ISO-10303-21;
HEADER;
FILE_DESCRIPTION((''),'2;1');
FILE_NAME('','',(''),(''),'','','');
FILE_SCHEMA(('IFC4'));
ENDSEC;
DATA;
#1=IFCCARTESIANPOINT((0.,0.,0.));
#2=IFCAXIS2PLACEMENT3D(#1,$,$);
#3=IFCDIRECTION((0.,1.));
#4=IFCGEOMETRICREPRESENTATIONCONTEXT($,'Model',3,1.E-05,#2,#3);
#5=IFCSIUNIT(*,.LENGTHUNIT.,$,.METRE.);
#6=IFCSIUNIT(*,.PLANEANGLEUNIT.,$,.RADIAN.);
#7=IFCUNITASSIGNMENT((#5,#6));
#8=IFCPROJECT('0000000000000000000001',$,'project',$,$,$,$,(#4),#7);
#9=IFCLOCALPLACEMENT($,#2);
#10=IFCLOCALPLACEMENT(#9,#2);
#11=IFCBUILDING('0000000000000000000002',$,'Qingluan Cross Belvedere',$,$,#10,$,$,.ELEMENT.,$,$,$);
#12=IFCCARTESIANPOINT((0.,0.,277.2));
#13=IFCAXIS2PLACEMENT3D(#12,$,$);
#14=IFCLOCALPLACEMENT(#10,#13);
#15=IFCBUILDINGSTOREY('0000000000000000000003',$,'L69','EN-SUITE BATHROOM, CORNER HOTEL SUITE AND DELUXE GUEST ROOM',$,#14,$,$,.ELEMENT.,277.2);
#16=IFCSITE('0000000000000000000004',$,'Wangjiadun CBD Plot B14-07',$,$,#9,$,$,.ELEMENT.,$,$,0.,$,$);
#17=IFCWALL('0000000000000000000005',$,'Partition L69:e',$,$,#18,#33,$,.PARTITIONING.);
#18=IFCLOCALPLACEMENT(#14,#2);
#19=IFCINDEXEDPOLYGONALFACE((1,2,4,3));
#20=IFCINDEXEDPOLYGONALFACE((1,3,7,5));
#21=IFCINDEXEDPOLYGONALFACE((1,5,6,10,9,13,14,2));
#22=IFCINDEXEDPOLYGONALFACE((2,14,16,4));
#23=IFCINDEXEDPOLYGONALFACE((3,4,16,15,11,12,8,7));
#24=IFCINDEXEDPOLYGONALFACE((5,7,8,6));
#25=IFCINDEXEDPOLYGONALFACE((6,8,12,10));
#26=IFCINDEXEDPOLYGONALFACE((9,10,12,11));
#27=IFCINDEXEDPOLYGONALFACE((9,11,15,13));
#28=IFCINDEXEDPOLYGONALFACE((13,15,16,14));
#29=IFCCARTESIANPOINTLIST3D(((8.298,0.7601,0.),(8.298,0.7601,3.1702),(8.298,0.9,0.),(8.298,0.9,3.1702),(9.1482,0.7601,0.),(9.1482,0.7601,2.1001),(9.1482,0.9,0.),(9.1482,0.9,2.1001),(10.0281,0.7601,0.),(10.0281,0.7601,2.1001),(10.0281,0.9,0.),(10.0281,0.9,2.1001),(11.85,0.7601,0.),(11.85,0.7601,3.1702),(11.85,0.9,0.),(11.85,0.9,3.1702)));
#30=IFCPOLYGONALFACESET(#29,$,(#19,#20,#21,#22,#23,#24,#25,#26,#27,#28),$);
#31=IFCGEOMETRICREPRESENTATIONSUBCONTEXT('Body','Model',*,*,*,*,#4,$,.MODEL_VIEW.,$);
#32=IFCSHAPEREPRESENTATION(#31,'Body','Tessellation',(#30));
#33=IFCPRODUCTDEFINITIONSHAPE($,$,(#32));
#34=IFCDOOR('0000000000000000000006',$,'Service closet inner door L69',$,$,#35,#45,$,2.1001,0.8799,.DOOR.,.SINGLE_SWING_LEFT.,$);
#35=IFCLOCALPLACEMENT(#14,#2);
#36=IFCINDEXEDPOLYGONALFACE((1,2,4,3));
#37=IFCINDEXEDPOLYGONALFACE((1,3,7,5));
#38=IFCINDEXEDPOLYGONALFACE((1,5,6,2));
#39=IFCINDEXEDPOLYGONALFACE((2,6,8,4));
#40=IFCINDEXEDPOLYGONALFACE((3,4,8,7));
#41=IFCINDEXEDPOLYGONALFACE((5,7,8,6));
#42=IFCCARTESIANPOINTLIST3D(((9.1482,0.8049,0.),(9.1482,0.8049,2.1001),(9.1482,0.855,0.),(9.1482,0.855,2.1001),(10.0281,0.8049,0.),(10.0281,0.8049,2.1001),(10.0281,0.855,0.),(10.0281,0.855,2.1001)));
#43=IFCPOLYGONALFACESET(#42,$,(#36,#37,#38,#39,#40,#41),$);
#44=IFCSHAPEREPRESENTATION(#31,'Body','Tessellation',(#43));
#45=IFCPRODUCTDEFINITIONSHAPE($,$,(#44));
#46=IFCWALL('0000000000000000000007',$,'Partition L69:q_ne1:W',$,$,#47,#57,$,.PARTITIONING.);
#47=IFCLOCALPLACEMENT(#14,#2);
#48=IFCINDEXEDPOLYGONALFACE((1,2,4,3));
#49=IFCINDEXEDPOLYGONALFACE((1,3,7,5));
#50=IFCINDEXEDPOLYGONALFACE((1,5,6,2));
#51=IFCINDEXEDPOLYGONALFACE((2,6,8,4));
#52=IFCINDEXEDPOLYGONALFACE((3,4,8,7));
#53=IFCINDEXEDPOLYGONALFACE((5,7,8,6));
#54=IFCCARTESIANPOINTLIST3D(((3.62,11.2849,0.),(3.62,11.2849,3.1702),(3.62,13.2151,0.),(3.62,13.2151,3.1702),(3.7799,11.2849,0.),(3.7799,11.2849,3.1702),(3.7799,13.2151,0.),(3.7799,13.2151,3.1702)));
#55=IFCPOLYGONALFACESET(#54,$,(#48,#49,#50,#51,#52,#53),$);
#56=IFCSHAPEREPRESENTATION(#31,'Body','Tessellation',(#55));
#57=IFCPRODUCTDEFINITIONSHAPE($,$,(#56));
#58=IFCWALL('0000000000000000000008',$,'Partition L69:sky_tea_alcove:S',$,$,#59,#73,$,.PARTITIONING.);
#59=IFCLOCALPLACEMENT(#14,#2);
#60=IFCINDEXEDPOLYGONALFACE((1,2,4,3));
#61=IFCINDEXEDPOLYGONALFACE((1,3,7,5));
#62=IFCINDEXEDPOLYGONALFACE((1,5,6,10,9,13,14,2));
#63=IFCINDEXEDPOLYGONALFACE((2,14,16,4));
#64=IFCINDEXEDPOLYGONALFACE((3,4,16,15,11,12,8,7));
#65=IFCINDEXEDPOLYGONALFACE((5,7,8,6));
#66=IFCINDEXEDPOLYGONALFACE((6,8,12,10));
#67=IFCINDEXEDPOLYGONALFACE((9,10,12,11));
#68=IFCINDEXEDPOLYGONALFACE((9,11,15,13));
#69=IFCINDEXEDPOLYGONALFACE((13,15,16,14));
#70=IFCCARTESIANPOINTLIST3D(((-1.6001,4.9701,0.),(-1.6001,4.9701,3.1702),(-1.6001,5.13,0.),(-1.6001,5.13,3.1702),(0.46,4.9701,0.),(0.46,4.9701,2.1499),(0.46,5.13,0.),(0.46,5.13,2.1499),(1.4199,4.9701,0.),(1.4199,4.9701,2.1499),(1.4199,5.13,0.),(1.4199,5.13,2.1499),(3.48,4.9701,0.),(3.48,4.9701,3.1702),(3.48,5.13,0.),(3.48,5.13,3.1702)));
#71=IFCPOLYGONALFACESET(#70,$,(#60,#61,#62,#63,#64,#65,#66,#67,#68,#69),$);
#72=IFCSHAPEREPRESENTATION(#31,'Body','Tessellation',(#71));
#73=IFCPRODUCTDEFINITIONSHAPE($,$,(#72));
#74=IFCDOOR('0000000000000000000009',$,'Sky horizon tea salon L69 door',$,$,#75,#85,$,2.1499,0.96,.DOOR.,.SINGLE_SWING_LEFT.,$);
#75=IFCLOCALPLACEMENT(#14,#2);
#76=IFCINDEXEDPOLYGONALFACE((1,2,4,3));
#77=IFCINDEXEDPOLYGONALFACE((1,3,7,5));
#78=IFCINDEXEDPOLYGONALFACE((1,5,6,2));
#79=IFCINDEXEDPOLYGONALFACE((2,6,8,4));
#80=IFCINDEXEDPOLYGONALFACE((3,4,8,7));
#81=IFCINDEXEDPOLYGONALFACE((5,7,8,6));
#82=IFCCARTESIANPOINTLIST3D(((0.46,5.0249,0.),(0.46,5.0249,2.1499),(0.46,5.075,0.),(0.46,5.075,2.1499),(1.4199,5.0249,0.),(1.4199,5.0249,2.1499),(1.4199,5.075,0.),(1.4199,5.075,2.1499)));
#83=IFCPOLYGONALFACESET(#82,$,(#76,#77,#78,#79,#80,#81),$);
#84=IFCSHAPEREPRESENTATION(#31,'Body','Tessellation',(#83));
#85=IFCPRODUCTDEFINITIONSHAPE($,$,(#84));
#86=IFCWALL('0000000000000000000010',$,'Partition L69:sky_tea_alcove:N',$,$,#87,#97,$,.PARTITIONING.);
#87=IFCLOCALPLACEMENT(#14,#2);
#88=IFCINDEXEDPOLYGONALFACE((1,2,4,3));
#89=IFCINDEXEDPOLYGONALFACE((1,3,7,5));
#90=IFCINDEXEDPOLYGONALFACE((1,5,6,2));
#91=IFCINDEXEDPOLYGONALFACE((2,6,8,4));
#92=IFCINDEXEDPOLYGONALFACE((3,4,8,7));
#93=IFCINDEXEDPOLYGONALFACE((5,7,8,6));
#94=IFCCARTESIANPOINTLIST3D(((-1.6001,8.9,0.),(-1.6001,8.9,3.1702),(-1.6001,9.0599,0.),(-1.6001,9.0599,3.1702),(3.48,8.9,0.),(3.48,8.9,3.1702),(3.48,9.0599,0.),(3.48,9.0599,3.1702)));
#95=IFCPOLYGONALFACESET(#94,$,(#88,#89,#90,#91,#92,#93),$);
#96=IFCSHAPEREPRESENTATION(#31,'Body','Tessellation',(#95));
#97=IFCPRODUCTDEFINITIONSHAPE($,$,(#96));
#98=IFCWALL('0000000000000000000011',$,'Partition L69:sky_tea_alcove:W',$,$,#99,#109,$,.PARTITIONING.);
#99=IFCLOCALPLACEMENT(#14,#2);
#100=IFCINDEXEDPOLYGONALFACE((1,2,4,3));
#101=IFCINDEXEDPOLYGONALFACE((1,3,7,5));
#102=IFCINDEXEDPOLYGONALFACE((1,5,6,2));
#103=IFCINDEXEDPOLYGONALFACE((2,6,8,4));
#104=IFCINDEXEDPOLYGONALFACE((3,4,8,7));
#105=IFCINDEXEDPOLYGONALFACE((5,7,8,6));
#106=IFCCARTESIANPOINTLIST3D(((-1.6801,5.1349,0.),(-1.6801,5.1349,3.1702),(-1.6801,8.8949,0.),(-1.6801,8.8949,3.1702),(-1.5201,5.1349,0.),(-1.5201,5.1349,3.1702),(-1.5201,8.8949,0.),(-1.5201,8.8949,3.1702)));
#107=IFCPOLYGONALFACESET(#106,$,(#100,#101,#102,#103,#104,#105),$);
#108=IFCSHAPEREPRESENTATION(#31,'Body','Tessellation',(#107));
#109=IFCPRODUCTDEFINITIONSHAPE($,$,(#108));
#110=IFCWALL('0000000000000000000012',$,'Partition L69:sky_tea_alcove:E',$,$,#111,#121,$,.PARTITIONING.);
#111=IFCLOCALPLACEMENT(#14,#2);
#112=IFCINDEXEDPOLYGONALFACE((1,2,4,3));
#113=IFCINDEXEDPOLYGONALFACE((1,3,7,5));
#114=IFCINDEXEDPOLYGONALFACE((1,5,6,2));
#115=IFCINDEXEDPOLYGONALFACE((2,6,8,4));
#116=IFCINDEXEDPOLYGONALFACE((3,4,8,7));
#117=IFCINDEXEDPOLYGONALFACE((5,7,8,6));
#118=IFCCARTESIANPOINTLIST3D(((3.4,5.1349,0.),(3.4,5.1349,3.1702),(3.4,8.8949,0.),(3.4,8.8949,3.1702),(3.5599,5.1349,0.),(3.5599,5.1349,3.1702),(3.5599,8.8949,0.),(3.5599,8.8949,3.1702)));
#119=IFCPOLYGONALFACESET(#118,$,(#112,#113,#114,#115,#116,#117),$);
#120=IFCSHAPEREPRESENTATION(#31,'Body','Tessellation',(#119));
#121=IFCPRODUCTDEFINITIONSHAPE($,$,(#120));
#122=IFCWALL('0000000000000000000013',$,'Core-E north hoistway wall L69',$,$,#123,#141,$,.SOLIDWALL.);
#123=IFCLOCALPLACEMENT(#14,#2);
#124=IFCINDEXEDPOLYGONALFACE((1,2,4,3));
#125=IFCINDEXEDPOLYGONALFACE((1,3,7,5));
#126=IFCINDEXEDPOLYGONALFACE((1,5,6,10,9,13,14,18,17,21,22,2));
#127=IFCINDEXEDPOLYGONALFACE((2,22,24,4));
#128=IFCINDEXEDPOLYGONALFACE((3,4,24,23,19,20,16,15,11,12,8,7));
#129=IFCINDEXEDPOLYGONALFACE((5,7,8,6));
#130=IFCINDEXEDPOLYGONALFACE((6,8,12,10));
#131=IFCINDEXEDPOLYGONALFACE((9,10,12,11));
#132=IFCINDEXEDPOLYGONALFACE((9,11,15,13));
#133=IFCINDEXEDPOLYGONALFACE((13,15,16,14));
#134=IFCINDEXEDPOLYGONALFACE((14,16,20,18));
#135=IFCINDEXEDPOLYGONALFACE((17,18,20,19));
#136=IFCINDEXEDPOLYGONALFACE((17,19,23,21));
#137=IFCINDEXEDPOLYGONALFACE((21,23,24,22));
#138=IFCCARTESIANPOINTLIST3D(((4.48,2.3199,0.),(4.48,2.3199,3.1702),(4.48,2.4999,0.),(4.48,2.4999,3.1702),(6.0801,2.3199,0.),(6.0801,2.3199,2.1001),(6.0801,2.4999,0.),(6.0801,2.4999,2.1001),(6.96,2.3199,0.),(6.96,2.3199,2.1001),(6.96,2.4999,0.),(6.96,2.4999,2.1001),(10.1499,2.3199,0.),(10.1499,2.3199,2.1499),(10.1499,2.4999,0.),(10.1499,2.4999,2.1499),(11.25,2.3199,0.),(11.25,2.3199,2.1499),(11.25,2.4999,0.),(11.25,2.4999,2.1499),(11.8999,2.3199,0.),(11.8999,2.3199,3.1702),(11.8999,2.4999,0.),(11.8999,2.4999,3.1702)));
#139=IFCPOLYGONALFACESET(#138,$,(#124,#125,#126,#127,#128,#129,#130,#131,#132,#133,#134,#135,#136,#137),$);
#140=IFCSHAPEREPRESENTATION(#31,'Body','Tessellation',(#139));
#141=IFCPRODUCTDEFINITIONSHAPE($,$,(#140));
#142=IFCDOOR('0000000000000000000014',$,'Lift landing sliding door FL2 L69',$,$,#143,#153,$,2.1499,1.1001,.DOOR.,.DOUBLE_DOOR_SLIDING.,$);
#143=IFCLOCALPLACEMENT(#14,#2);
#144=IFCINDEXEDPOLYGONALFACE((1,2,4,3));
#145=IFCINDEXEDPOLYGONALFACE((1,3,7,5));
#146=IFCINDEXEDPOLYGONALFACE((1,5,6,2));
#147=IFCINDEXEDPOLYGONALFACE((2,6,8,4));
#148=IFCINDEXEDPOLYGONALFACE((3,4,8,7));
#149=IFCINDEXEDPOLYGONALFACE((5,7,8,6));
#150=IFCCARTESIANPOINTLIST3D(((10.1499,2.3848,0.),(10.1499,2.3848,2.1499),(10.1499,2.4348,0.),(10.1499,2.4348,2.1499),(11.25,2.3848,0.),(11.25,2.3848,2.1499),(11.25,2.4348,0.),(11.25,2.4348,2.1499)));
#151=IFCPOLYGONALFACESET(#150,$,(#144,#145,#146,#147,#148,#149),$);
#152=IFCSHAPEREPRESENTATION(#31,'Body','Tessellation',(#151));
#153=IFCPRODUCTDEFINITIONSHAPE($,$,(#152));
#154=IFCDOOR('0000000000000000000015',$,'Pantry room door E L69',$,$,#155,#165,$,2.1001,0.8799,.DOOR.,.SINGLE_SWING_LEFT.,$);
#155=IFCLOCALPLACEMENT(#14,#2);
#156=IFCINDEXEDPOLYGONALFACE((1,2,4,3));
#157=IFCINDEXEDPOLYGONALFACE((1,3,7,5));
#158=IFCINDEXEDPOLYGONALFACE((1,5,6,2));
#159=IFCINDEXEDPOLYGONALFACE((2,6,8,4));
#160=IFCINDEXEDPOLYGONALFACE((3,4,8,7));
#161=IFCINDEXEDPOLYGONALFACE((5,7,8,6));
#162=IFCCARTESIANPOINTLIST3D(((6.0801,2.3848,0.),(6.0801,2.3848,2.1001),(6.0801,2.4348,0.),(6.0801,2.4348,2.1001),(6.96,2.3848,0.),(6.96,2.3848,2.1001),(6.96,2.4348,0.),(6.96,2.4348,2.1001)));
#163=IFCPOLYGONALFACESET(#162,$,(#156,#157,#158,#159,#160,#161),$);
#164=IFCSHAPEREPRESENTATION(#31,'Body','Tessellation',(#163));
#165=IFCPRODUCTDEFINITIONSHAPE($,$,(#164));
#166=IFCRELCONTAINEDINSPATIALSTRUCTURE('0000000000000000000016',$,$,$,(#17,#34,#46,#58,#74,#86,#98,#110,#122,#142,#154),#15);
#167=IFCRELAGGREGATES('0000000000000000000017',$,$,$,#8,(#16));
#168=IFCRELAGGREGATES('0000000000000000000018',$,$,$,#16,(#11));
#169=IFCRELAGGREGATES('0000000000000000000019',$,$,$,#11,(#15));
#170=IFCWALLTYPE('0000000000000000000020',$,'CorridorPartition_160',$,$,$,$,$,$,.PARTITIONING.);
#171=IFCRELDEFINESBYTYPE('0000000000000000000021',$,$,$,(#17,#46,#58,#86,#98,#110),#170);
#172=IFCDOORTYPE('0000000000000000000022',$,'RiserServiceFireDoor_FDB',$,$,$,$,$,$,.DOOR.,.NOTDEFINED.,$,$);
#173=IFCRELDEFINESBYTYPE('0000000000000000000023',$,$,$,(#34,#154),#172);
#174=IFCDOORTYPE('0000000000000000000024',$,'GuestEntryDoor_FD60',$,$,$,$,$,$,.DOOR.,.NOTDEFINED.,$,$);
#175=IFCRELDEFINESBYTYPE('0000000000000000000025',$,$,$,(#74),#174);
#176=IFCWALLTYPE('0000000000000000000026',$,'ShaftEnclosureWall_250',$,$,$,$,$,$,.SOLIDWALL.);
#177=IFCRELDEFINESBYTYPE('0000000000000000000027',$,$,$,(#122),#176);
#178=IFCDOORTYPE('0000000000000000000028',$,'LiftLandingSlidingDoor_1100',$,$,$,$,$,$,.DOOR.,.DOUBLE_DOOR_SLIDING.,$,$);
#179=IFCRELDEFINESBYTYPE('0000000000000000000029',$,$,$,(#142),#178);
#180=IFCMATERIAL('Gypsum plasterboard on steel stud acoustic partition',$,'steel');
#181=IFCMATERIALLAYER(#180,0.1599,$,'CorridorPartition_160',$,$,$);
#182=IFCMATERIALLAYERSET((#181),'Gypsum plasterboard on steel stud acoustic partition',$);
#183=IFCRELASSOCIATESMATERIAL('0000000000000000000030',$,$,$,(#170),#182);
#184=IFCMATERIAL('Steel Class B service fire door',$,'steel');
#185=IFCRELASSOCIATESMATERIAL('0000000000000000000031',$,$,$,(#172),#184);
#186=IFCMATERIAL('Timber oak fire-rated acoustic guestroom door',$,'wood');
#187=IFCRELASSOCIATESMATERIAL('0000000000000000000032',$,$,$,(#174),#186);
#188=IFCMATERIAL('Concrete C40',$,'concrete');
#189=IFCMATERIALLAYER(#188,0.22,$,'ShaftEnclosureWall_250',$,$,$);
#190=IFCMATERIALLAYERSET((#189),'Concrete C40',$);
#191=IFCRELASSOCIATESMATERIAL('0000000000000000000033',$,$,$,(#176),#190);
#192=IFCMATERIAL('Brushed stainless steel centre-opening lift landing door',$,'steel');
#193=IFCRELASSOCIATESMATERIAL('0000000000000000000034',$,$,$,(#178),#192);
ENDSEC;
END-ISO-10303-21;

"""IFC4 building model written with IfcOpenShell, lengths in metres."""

from ifc_helpers import new_model, si_unit, direction, frame, frame_2d, origin, place, context, subcontext, project, spatial, rectangle, extrude, material, layer, layer_set, type_object, element, fill, save


model = new_model("IFC4")

# Units and contexts
model_context = context("Model", 3, precision=1e-05, world=origin(), true_north=direction((0.0, 1.0)))
body_context = subcontext(model_context, "Body", "Model", "MODEL_VIEW")
ifc_project = project(units=[si_unit("LENGTHUNIT", "METRE"), si_unit("PLANEANGLEUNIT", "RADIAN")], contexts=[model_context])

# Site, building, storey
site_placement = place(None, origin())
site = spatial("IfcSite", under=ifc_project, at=site_placement, Name="Wangjiadun CBD Plot B14-07", CompositionType="ELEMENT", RefElevation=0.0)
building_placement = place(site_placement, origin())
building = spatial("IfcBuilding", under=site, at=building_placement, Name="Qingluan Cross Belvedere", CompositionType="ELEMENT")
storey_placement = place(building_placement, frame((0.0, 0.0, 277.2)))
storey = spatial("IfcBuildingStorey", under=building, at=storey_placement, Name="L69", Description="EN-SUITE BATHROOM, CORNER HOTEL SUITE AND DELUXE GUEST ROOM", CompositionType="ELEMENT", Elevation=277.2)

# Wall, opening, door
ifc_material_1 = material(Name="Gypsum plasterboard on steel stud acoustic partition", Category="steel")
ifc_layer_1 = layer(ifc_material_1, 0.1599, Name="CorridorPartition_160")
ifc_layer_set_1 = layer_set([ifc_layer_1], Name="Gypsum plasterboard on steel stud acoustic partition")
wall_type_1 = type_object("IfcWallType", Name="CorridorPartition_160", PredefinedType="PARTITIONING", material=ifc_layer_set_1)
wall_1_placement = place(storey_placement, frame((8.2981, 0.8301, 0.0), z_axis=(0.0, 0.0, 1.0), x_axis=(1.0, 0.0, 0.0)))
wall_1 = element("IfcWall", 1, at=wall_1_placement, inside=storey, type_object=wall_type_1, Name="Partition L69:e", PredefinedType="PARTITIONING", context=body_context, shape_type="SweptSolid", body=[
    extrude(rectangle(XDim=3.552, YDim=0.1399, at=frame_2d((1.7759, 0.0))), origin(), (0.0, 0.0, 1.0), 3.1702),
])
opening_1_placement = place(wall_1_placement, frame((0.8501, 0.0, 0.0)))
opening_1 = element("IfcOpeningElement", 2, at=opening_1_placement, cuts=wall_1, PredefinedType="OPENING", context=body_context, shape_type="SweptSolid", body=[
    extrude(rectangle(XDim=0.8799, YDim=2.1001, at=frame_2d((0.4399, 1.05))), frame((0.0, 0.0798, 0.0), z_axis=(0.0, -1.0, 0.0), x_axis=(1.0, 0.0, 0.0)), (0.0, 0.0, 1.0), 0.1599),
])
ifc_material_2 = material(Name="Steel Class B service fire door", Category="steel")
door_type_1 = type_object("IfcDoorType", Name="RiserServiceFireDoor_FDB", OperationType="NOTDEFINED", PredefinedType="DOOR", material=ifc_material_2)
door_1_placement = place(opening_1_placement, origin())
door_1 = element("IfcDoor", 3, at=door_1_placement, inside=storey, type_object=door_type_1, Name="Service closet inner door L69", OperationType="SINGLE_SWING_LEFT", OverallHeight=2.1001, OverallWidth=0.8799, PredefinedType="DOOR", context=body_context, shape_type="SweptSolid", body=[
    extrude(rectangle(XDim=0.8799, YDim=2.1001, at=frame_2d((0.4399, 1.05))), frame((0.0, 0.0249, 0.0), z_axis=(0.0, -1.0, 0.0), x_axis=(1.0, 0.0, 0.0)), (0.0, 0.0, 1.0), 0.05),
])
fill(opening_1, door_1)
ifc_material_3 = material(Name="Timber oak fire-rated acoustic guestroom door", Category="wood")
door_type_2 = type_object("IfcDoorType", Name="GuestEntryDoor_FD60", OperationType="NOTDEFINED", PredefinedType="DOOR", material=ifc_material_3)

# Wall
wall_2_placement = place(storey_placement, frame((3.7, 11.2849, 0.0), z_axis=(0.0, 0.0, 1.0), x_axis=(0.0, 1.0, 0.0)))
element("IfcWall", 4, at=wall_2_placement, inside=storey, type_object=wall_type_1, Name="Partition L69:q_ne1:W", PredefinedType="PARTITIONING", context=body_context, shape_type="SweptSolid", body=[
    extrude(rectangle(XDim=1.9302, YDim=0.1599, at=frame_2d((0.9651, 0.0))), origin(), (0.0, 0.0, 1.0), 3.1702),
])

# Wall, opening, door
wall_3_placement = place(storey_placement, frame((-1.6001, 5.05, 0.0), z_axis=(0.0, 0.0, 1.0), x_axis=(1.0, 0.0, 0.0)))
wall_3 = element("IfcWall", 5, at=wall_3_placement, inside=storey, type_object=wall_type_1, Name="Partition L69:sky_tea_alcove:S", PredefinedType="PARTITIONING", context=body_context, shape_type="SweptSolid", body=[
    extrude(rectangle(XDim=5.0801, YDim=0.1599, at=frame_2d((2.54, 0.0))), origin(), (0.0, 0.0, 1.0), 3.1702),
])
opening_2_placement = place(wall_3_placement, frame((2.0601, 0.0, 0.0)))
opening_2 = element("IfcOpeningElement", 6, at=opening_2_placement, cuts=wall_3, PredefinedType="OPENING", context=body_context, shape_type="SweptSolid", body=[
    extrude(rectangle(XDim=0.96, YDim=2.1499, at=frame_2d((0.48, 1.075))), frame((0.0, 0.0898, 0.0), z_axis=(0.0, -1.0, 0.0), x_axis=(1.0, 0.0, 0.0)), (0.0, 0.0, 1.0), 0.1799),
])
door_2_placement = place(opening_2_placement, origin())
door_2 = element("IfcDoor", 7, at=door_2_placement, inside=storey, type_object=door_type_2, Name="Sky horizon tea salon L69 door", OperationType="SINGLE_SWING_LEFT", OverallHeight=2.1499, OverallWidth=0.96, PredefinedType="DOOR", context=body_context, shape_type="SweptSolid", body=[
    extrude(rectangle(XDim=0.96, YDim=2.1499, at=frame_2d((0.48, 1.075))), frame((0.0, 0.0249, 0.0), z_axis=(0.0, -1.0, 0.0), x_axis=(1.0, 0.0, 0.0)), (0.0, 0.0, 1.0), 0.05),
])
fill(opening_2, door_2)

# Walls
wall_4_placement = place(storey_placement, frame((-1.6001, 8.98, 0.0), z_axis=(0.0, 0.0, 1.0), x_axis=(1.0, 0.0, 0.0)))
element("IfcWall", 8, at=wall_4_placement, inside=storey, type_object=wall_type_1, Name="Partition L69:sky_tea_alcove:N", PredefinedType="PARTITIONING", context=body_context, shape_type="SweptSolid", body=[
    extrude(rectangle(XDim=5.0801, YDim=0.1599, at=frame_2d((2.54, 0.0))), origin(), (0.0, 0.0, 1.0), 3.1702),
])
for number, where, z_axis, x_axis, name in (
    (9, (-1.6001, 5.135, 0.0), (0.0, 0.0, 1.0), (0.0, 1.0, 0.0), "Partition L69:sky_tea_alcove:W"),
    (10, (3.48, 5.135, 0.0), (0.0, 0.0, 1.0), (0.0, 1.0, 0.0), "Partition L69:sky_tea_alcove:E"),
):
    element("IfcWall", number, at=place(storey_placement, frame(where, z_axis=z_axis, x_axis=x_axis)), inside=storey, type_object=wall_type_1, Name=name, PredefinedType="PARTITIONING", context=body_context, shape_type="SweptSolid", body=[
        extrude(rectangle(XDim=3.76, YDim=0.1599, at=frame_2d((1.8799, 0.0))), origin(), (0.0, 0.0, 1.0), 3.1702),
    ])

# Wall, openings, doors
ifc_material_4 = material(Name="Concrete C40", Category="concrete")
ifc_layer_2 = layer(ifc_material_4, 0.22, Name="ShaftEnclosureWall_250")
ifc_layer_set_2 = layer_set([ifc_layer_2], Name="Concrete C40")
wall_type_2 = type_object("IfcWallType", Name="ShaftEnclosureWall_250", PredefinedType="SOLIDWALL", material=ifc_layer_set_2)
wall_5_placement = place(storey_placement, frame((4.48, 2.4099, 0.0), z_axis=(0.0, 0.0, 1.0), x_axis=(1.0, 0.0, 0.0)))
wall_5 = element("IfcWall", 11, at=wall_5_placement, inside=storey, type_object=wall_type_2, Name="Core-E north hoistway wall L69", PredefinedType="SOLIDWALL", context=body_context, shape_type="SweptSolid", body=[
    extrude(rectangle(XDim=7.4199, YDim=0.1799, at=frame_2d((3.71, 0.0))), origin(), (0.0, 0.0, 1.0), 3.1702),
])
opening_3_placement = place(wall_5_placement, frame((5.6699, 0.0, 0.0)))
opening_3 = element("IfcOpeningElement", 12, at=opening_3_placement, cuts=wall_5, PredefinedType="OPENING", context=body_context, shape_type="SweptSolid", body=[
    extrude(rectangle(XDim=1.1001, YDim=2.1499, at=frame_2d((0.55, 1.075))), frame((0.0, 0.0999, 0.0), z_axis=(0.0, -1.0, 0.0), x_axis=(1.0, 0.0, 0.0)), (0.0, 0.0, 1.0), 0.2),
])
opening_4_placement = place(wall_5_placement, frame((1.6001, 0.0, 0.0)))
opening_4 = element("IfcOpeningElement", 13, at=opening_4_placement, cuts=wall_5, PredefinedType="OPENING", context=body_context, shape_type="SweptSolid", body=[
    extrude(rectangle(XDim=0.8799, YDim=2.1001, at=frame_2d((0.4399, 1.05))), frame((0.0, 0.0999, 0.0), z_axis=(0.0, -1.0, 0.0), x_axis=(1.0, 0.0, 0.0)), (0.0, 0.0, 1.0), 0.2),
])
ifc_material_5 = material(Name="Brushed stainless steel centre-opening lift landing door", Category="steel")
door_type_3 = type_object("IfcDoorType", Name="LiftLandingSlidingDoor_1100", OperationType="DOUBLE_DOOR_SLIDING", PredefinedType="DOOR", material=ifc_material_5)
door_3_placement = place(opening_3_placement, origin())
door_3 = element("IfcDoor", 14, at=door_3_placement, inside=storey, type_object=door_type_3, Name="Lift landing sliding door FL2 L69", OperationType="DOUBLE_DOOR_SLIDING", OverallHeight=2.1499, OverallWidth=1.1001, PredefinedType="DOOR", context=body_context, shape_type="SweptSolid", body=[
    extrude(rectangle(XDim=1.1001, YDim=2.1499, at=frame_2d((0.55, 1.075))), frame((0.0, 0.0249, 0.0), z_axis=(0.0, -1.0, 0.0), x_axis=(1.0, 0.0, 0.0)), (0.0, 0.0, 1.0), 0.05),
])
fill(opening_3, door_3)
door_4_placement = place(opening_4_placement, origin())
door_4 = element("IfcDoor", 15, at=door_4_placement, inside=storey, type_object=door_type_1, Name="Pantry room door E L69", OperationType="SINGLE_SWING_LEFT", OverallHeight=2.1001, OverallWidth=0.8799, PredefinedType="DOOR", context=body_context, shape_type="SweptSolid", body=[
    extrude(rectangle(XDim=0.8799, YDim=2.1001, at=frame_2d((0.4399, 1.05))), frame((0.0, 0.0249, 0.0), z_axis=(0.0, -1.0, 0.0), x_axis=(1.0, 0.0, 0.0)), (0.0, 0.0, 1.0), 0.05),
])
fill(opening_4, door_4)

save(model, "model.ifc")
